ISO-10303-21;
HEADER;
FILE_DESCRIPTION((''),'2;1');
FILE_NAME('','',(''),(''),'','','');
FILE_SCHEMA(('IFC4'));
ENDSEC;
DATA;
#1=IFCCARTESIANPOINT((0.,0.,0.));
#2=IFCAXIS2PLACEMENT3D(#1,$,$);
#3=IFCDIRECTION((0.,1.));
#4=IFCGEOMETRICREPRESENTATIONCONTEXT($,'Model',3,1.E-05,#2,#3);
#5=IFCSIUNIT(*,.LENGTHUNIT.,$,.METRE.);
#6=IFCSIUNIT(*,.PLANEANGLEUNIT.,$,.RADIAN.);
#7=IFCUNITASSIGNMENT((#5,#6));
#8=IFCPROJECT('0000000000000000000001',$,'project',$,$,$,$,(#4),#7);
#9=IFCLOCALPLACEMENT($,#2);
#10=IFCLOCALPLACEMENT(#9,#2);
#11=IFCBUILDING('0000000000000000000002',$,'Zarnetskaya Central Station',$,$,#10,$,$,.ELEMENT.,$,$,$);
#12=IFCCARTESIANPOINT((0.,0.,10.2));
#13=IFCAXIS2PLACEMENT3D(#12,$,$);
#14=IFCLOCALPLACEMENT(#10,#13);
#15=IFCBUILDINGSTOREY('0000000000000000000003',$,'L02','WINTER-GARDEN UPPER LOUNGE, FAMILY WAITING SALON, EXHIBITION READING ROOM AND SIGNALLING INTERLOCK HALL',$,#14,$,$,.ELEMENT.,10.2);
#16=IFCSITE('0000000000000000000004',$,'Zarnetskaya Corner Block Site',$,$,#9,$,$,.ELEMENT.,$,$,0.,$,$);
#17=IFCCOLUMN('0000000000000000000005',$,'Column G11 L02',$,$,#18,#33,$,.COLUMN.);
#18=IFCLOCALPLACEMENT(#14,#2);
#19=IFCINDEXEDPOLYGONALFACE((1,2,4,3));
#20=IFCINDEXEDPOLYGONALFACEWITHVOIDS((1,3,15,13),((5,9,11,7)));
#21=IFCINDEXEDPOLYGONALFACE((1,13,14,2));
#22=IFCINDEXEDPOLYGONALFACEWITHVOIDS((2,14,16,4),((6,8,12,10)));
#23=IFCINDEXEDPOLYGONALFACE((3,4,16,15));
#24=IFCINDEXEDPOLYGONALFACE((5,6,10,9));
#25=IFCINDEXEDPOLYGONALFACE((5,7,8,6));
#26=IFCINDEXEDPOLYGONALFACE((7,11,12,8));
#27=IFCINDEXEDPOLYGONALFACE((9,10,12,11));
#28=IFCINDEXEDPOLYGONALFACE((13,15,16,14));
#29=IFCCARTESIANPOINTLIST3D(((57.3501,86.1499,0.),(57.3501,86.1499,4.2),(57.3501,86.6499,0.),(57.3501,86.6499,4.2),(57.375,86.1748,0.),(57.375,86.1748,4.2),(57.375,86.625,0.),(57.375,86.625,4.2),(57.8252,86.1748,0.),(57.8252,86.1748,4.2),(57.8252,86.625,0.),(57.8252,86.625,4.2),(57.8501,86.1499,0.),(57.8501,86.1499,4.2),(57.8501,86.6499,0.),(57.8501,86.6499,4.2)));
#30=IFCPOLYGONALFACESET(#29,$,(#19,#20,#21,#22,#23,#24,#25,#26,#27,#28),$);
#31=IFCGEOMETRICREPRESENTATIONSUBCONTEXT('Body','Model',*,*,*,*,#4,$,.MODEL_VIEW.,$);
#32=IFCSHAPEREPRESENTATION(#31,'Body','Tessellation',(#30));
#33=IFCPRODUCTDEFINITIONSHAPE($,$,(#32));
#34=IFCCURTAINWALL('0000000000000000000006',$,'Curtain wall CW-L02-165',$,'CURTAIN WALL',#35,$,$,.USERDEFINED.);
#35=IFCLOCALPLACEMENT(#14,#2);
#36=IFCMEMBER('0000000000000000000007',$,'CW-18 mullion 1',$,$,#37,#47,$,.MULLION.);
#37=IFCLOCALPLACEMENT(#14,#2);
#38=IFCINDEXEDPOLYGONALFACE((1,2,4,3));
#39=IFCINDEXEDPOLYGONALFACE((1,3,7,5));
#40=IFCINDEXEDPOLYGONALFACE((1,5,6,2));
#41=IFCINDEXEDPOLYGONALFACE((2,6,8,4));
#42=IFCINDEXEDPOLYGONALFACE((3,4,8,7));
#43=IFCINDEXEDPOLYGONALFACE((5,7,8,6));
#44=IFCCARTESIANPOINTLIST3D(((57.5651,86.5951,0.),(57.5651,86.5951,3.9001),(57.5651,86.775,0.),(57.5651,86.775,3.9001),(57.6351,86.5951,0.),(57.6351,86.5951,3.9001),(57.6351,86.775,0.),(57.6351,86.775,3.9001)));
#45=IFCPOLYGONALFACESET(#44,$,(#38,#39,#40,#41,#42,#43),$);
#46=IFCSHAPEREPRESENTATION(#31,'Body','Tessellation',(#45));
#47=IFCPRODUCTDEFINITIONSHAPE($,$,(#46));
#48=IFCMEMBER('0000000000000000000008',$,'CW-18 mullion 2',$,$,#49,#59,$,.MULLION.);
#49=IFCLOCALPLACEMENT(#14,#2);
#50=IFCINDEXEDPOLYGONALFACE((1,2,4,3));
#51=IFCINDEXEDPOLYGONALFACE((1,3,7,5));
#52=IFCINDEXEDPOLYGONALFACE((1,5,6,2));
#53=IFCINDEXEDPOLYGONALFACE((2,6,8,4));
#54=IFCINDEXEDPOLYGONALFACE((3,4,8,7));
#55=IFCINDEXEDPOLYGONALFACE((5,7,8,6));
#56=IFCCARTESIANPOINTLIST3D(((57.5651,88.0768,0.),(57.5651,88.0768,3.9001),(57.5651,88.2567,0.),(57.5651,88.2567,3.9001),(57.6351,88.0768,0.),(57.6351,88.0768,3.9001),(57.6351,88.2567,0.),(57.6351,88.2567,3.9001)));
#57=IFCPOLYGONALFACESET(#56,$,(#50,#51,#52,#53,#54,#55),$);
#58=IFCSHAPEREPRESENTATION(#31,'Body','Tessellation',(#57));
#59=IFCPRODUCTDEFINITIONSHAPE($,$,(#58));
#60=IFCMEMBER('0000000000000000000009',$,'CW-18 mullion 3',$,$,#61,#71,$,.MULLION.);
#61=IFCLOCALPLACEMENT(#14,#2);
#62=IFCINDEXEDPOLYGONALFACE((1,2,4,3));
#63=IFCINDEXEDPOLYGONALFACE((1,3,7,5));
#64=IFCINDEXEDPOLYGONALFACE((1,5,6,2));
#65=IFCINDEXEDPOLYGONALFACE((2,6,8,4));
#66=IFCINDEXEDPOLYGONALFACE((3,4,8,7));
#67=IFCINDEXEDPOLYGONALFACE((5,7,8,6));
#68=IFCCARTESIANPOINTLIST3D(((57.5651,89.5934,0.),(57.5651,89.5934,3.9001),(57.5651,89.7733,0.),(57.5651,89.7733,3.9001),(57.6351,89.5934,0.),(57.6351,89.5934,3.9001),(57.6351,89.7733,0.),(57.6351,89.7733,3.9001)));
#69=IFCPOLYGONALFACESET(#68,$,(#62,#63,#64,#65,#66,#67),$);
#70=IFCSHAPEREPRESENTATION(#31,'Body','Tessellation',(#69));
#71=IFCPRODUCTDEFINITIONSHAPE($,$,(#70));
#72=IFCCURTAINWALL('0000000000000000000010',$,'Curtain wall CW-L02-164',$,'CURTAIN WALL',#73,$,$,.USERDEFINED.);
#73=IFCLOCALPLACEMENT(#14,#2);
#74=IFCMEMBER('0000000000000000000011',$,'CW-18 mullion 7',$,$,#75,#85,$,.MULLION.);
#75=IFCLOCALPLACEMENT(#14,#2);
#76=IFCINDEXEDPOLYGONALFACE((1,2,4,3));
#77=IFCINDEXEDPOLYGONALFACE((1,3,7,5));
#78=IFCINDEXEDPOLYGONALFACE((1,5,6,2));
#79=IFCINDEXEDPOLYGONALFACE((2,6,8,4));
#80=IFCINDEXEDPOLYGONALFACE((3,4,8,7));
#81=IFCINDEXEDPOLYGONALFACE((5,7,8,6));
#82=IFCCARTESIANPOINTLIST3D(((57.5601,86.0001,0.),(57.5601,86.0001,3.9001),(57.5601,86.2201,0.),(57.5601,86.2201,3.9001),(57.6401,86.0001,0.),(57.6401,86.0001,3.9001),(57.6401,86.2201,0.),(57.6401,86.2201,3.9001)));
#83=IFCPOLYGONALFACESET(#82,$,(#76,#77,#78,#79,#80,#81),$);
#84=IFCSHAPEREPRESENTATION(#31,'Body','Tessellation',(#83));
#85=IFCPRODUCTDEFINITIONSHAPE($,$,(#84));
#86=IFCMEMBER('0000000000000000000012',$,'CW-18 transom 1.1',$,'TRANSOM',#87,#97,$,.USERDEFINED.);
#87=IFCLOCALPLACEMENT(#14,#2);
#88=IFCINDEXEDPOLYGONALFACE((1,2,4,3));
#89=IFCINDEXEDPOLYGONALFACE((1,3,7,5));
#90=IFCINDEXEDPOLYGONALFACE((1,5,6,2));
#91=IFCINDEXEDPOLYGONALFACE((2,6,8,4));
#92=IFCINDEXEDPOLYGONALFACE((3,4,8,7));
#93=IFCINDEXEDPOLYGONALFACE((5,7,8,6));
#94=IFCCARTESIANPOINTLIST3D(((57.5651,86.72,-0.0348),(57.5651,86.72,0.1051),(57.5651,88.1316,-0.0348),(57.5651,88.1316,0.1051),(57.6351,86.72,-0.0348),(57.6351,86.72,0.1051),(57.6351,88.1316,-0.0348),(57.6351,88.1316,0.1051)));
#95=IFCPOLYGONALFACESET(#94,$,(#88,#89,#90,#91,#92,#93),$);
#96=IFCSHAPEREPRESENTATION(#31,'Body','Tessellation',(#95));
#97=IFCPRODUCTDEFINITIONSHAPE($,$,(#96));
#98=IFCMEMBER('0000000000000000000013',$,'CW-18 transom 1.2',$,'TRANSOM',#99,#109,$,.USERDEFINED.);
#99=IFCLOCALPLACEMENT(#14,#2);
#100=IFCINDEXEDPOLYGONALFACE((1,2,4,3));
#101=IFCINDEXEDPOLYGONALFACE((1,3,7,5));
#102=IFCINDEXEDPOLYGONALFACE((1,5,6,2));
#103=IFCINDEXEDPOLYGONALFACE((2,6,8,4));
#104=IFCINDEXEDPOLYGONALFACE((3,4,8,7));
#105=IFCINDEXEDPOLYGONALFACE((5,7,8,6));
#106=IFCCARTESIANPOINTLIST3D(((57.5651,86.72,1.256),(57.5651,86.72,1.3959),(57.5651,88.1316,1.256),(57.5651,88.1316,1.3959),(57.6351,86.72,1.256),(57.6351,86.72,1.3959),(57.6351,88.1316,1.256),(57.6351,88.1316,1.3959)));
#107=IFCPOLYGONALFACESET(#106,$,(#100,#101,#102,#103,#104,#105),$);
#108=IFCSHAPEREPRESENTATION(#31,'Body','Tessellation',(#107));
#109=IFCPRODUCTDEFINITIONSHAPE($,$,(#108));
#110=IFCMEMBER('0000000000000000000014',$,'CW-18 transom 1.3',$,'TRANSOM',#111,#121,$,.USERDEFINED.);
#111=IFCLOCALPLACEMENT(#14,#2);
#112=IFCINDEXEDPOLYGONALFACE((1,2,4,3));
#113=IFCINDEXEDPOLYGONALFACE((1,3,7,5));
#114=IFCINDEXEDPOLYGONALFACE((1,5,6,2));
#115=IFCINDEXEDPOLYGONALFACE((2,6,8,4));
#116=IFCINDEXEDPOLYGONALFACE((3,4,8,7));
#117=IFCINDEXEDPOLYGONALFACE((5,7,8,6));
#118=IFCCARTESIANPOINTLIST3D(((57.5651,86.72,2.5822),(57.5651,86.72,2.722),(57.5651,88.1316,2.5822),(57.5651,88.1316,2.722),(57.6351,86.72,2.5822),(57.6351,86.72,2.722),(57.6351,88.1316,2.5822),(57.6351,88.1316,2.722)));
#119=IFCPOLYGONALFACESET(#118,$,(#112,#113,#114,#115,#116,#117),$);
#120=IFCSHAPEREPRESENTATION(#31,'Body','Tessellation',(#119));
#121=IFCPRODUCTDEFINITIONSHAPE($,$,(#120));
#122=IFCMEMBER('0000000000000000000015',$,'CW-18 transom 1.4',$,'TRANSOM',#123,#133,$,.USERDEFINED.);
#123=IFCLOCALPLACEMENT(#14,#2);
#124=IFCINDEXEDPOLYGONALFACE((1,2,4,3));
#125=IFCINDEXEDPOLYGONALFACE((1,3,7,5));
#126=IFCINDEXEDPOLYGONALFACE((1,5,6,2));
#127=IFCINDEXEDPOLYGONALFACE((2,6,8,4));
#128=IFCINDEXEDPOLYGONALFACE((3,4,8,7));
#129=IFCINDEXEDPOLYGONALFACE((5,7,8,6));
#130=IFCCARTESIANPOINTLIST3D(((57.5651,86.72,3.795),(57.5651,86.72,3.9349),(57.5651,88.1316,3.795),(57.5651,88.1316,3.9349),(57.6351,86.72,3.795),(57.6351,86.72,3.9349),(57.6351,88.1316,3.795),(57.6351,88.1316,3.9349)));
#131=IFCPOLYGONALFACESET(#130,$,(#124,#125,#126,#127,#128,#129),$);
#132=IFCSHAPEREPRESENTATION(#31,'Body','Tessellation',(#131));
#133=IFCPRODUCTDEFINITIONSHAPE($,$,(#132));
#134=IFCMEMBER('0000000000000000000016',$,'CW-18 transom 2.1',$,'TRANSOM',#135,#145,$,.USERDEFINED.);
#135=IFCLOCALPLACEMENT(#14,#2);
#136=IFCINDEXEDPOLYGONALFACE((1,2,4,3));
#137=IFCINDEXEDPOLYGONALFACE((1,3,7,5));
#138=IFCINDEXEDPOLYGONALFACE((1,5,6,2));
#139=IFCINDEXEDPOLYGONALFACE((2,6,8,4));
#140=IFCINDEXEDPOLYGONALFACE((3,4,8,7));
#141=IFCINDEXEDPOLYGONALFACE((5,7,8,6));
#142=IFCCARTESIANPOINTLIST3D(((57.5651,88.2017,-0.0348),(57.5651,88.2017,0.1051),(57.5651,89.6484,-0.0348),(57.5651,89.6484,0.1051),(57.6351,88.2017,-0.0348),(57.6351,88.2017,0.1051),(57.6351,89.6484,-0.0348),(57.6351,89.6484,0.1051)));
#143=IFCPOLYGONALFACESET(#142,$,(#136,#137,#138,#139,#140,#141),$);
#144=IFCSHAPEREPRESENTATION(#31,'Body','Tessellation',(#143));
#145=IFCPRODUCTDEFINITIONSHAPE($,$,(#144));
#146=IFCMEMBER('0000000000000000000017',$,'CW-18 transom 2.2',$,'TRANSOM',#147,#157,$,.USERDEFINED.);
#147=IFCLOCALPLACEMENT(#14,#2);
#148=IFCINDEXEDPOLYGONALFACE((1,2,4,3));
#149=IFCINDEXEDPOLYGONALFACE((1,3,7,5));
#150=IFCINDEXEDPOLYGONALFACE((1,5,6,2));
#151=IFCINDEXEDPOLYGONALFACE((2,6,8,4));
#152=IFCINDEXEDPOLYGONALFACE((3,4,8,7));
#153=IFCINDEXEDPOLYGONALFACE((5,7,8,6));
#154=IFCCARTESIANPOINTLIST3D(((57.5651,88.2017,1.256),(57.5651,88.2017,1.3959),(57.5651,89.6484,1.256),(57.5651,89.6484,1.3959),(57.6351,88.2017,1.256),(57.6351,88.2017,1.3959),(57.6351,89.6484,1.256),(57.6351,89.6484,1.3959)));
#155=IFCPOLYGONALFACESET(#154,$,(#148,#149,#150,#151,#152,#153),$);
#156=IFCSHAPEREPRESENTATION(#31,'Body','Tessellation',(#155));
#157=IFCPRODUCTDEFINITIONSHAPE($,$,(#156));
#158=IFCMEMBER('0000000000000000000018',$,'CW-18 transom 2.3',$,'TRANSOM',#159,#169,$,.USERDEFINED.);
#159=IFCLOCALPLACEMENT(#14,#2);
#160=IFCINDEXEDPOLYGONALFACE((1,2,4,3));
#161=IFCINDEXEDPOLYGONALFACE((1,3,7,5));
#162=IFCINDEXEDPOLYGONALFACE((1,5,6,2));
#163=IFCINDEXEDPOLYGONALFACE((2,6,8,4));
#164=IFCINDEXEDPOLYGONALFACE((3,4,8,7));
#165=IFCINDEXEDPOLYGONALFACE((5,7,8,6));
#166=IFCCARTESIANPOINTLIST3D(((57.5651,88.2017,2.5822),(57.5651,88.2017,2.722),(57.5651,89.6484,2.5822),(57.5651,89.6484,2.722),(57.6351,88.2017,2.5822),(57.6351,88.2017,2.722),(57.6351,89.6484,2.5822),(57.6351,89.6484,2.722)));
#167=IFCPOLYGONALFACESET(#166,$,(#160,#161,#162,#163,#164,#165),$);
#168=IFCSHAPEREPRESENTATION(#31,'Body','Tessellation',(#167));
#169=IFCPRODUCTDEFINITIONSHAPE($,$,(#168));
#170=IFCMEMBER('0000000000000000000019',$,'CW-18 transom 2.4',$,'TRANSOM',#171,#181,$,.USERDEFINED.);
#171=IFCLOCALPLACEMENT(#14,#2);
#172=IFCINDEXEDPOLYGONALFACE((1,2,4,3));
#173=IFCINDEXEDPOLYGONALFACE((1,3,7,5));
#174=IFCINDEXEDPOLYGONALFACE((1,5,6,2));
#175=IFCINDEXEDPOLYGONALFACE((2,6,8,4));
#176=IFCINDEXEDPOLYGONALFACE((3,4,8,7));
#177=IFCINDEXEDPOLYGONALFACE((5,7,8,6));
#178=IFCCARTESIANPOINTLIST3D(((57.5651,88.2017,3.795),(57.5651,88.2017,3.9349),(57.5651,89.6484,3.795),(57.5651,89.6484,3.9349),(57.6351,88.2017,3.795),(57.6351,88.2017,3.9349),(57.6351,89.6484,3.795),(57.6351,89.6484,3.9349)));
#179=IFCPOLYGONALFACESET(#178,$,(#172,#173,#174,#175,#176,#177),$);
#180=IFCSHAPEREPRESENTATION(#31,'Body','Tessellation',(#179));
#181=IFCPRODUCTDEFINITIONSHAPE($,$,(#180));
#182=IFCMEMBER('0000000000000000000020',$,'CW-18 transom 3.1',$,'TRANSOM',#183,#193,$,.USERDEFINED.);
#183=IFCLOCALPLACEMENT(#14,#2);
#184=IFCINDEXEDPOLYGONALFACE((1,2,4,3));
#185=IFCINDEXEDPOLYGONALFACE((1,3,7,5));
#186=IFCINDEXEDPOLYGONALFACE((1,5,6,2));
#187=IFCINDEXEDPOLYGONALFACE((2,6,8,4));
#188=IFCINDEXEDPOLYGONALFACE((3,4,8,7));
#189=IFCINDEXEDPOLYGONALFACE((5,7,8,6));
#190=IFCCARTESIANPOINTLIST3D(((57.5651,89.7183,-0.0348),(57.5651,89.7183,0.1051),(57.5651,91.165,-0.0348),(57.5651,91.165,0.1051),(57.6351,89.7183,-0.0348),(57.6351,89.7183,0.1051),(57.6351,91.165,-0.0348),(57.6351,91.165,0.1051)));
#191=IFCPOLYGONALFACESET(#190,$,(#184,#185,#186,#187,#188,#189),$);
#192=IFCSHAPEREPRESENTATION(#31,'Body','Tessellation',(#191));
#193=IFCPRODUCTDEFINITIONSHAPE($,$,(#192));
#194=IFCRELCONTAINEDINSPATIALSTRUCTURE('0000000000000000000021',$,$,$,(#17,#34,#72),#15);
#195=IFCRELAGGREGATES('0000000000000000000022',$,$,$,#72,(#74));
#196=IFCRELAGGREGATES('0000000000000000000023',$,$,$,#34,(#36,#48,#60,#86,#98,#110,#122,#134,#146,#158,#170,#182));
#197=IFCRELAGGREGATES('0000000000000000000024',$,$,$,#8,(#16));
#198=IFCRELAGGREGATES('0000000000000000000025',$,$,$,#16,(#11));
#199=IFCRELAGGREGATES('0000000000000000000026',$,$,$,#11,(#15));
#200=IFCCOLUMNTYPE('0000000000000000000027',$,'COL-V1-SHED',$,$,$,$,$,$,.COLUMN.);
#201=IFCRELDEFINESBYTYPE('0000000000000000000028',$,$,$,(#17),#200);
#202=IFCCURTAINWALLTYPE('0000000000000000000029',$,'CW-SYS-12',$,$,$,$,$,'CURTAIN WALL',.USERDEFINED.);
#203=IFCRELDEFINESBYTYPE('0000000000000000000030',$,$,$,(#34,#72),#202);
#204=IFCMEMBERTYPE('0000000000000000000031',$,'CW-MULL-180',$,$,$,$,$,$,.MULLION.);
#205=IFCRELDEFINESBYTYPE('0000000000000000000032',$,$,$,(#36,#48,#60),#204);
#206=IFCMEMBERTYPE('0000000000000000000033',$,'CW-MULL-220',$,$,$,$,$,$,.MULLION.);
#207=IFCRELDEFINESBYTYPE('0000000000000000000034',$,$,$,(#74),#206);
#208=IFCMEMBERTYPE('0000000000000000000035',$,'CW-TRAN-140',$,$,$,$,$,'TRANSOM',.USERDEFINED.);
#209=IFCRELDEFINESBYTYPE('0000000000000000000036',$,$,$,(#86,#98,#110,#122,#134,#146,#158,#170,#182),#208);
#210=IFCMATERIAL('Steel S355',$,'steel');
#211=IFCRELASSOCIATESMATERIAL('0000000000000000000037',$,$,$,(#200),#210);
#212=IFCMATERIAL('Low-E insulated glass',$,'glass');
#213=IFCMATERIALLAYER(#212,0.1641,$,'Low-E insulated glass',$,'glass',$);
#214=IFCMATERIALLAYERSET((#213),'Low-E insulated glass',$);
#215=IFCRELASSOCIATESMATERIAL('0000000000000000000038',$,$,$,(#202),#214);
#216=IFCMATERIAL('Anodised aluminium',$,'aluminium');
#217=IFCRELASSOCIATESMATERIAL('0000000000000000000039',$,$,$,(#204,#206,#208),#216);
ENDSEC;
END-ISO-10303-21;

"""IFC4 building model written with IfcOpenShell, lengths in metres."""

from ifc_helpers import new_model, si_unit, direction, frame, origin, origin_2d, place, context, subcontext, project, spatial, rectangle, hollow_rectangle, extrude, material, layer, layer_set, material_profile, profile_set, type_object, element, aggregate, save


model = new_model("IFC4")

# Units and contexts
model_context = context("Model", 3, precision=1e-05, world=origin(), true_north=direction((0.0, 1.0)))
body_context = subcontext(model_context, "Body", "Model", "MODEL_VIEW")
ifc_project = project(units=[si_unit("LENGTHUNIT", "METRE"), si_unit("PLANEANGLEUNIT", "RADIAN")], contexts=[model_context])

# Site, building, storey
site_placement = place(None, origin())
site = spatial("IfcSite", under=ifc_project, at=site_placement, Name="Zarnetskaya Corner Block Site", CompositionType="ELEMENT", RefElevation=0.0)
building_placement = place(site_placement, origin())
building = spatial("IfcBuilding", under=site, at=building_placement, Name="Zarnetskaya Central Station", CompositionType="ELEMENT")
storey_placement = place(building_placement, frame((0.0, 0.0, 10.2)))
storey = spatial("IfcBuildingStorey", under=building, at=storey_placement, Name="L02", Description="WINTER-GARDEN UPPER LOUNGE, FAMILY WAITING SALON, EXHIBITION READING ROOM AND SIGNALLING INTERLOCK HALL", CompositionType="ELEMENT", Elevation=10.2)

# Column
ifc_material_1 = material(Name="Steel S355", Category="steel")
ifc_material_profile_1 = material_profile(ifc_material_1, hollow_rectangle(XDim=0.5, YDim=0.5, WallThickness=0.0249, at=origin_2d()), Name="BOX 500x500x25")
ifc_profile_set_1 = profile_set([ifc_material_profile_1], Name="Steel S355")
column_type = type_object("IfcColumnType", Name="COL-V1-SHED", PredefinedType="COLUMN", material=ifc_profile_set_1)
column_placement = place(storey_placement, frame((57.6001, 86.3999, 0.0), z_axis=(0.0, 0.0, 1.0), x_axis=(1.0, 0.0, 0.0)))
element("IfcColumn", 1, at=column_placement, inside=storey, type_object=column_type, Name="Column G11 L02", PredefinedType="COLUMN", context=body_context, shape_type="SweptSolid", body=[
    extrude(hollow_rectangle(XDim=0.5, YDim=0.5, WallThickness=0.0249, at=origin_2d()), origin(), (0.0, 0.0, 1.0), 4.2),
])

# Curtain wall, members
ifc_material_2 = material(Name="Low-E insulated glass", Category="glass")
ifc_layer_1 = layer(ifc_material_2, 0.1641, Name="Low-E insulated glass", Category="glass")
ifc_layer_set_1 = layer_set([ifc_layer_1], Name="Low-E insulated glass")
curtain_wall_type = type_object("IfcCurtainWallType", Name="CW-SYS-12", ElementType="CURTAIN WALL", PredefinedType="USERDEFINED", material=ifc_layer_set_1)
curtain_wall_1_placement = place(storey_placement, origin())
curtain_wall_1 = element("IfcCurtainWall", 2, at=curtain_wall_1_placement, inside=storey, type_object=curtain_wall_type, Name="Curtain wall CW-L02-165", ObjectType="CURTAIN WALL", PredefinedType="USERDEFINED")
ifc_material_3 = material(Name="Anodised aluminium", Category="aluminium")
ifc_material_profile_2 = material_profile(ifc_material_3, rectangle(XDim=0.0701, YDim=0.1799, at=origin_2d()), Name="ALU MULL 70x180")
ifc_profile_set_2 = profile_set([ifc_material_profile_2], Name="Anodised aluminium")
member_type_1 = type_object("IfcMemberType", Name="CW-MULL-180", PredefinedType="MULLION", material=ifc_profile_set_2)
member_1_placement = place(storey_placement, frame((57.6001, 86.6851, 0.0), z_axis=(0.0, 0.0, 1.0), x_axis=(-1.0, 0.0, 0.0)))
member_1 = element("IfcMember", 3, at=member_1_placement, type_object=member_type_1, Name="CW-18 mullion 1", PredefinedType="MULLION", context=body_context, shape_type="SweptSolid", body=[
    extrude(rectangle(XDim=0.0701, YDim=0.1799, at=origin_2d()), origin(), (0.0, 0.0, 1.0), 3.9001),
])
member_2_placement = place(storey_placement, frame((57.6001, 88.1667, 0.0), z_axis=(0.0, 0.0, 1.0), x_axis=(-1.0, 0.0, 0.0)))
member_2 = element("IfcMember", 4, at=member_2_placement, type_object=member_type_1, Name="CW-18 mullion 2", PredefinedType="MULLION", context=body_context, shape_type="SweptSolid", body=[
    extrude(rectangle(XDim=0.0701, YDim=0.1799, at=origin_2d()), origin(), (0.0, 0.0, 1.0), 3.9001),
])
member_3_placement = place(storey_placement, frame((57.6001, 89.6833, 0.0), z_axis=(0.0, 0.0, 1.0), x_axis=(-1.0, 0.0, 0.0)))
member_3 = element("IfcMember", 5, at=member_3_placement, type_object=member_type_1, Name="CW-18 mullion 3", PredefinedType="MULLION", context=body_context, shape_type="SweptSolid", body=[
    extrude(rectangle(XDim=0.0701, YDim=0.1799, at=origin_2d()), origin(), (0.0, 0.0, 1.0), 3.9001),
])

# Curtain wall, member
curtain_wall_2_placement = place(storey_placement, origin())
curtain_wall_2 = element("IfcCurtainWall", 6, at=curtain_wall_2_placement, inside=storey, type_object=curtain_wall_type, Name="Curtain wall CW-L02-164", ObjectType="CURTAIN WALL", PredefinedType="USERDEFINED")
ifc_material_profile_3 = material_profile(ifc_material_3, rectangle(XDim=0.0801, YDim=0.22, at=origin_2d()), Name="ALU MULL 80x220")
ifc_profile_set_3 = profile_set([ifc_material_profile_3], Name="Anodised aluminium")
member_type_2 = type_object("IfcMemberType", Name="CW-MULL-220", PredefinedType="MULLION", material=ifc_profile_set_3)
member_4_placement = place(storey_placement, frame((57.6001, 86.1101, 0.0), z_axis=(0.0, 0.0, 1.0), x_axis=(-1.0, 0.0, 0.0)))
member_4 = element("IfcMember", 7, at=member_4_placement, type_object=member_type_2, Name="CW-18 mullion 7", PredefinedType="MULLION", context=body_context, shape_type="SweptSolid", body=[
    extrude(rectangle(XDim=0.0801, YDim=0.22, at=origin_2d()), origin(), (0.0, 0.0, 1.0), 3.9001),
])
aggregate(curtain_wall_2, [member_4])

# Members
ifc_material_profile_4 = material_profile(ifc_material_3, rectangle(XDim=0.0701, YDim=0.1399, at=origin_2d()), Name="ALU TRAN 70x140")
ifc_profile_set_4 = profile_set([ifc_material_profile_4], Name="Anodised aluminium")
member_type_3 = type_object("IfcMemberType", Name="CW-TRAN-140", ElementType="TRANSOM", PredefinedType="USERDEFINED", material=ifc_profile_set_4)
member_5_placement = place(storey_placement, frame((57.6001, 86.72, 0.0352), z_axis=(0.0, 1.0, 0.0), x_axis=(-1.0, 0.0, 0.0)))
member_5 = element("IfcMember", 8, at=member_5_placement, type_object=member_type_3, Name="CW-18 transom 1.1", ObjectType="TRANSOM", PredefinedType="USERDEFINED", context=body_context, shape_type="SweptSolid", body=[
    extrude(rectangle(XDim=0.0701, YDim=0.1399, at=origin_2d()), origin(), (0.0, 0.0, 1.0), 1.4116),
])
member_6_placement = place(storey_placement, frame((57.6001, 86.72, 1.3259), z_axis=(0.0, 1.0, 0.0), x_axis=(-1.0, 0.0, 0.0)))
member_6 = element("IfcMember", 9, at=member_6_placement, type_object=member_type_3, Name="CW-18 transom 1.2", ObjectType="TRANSOM", PredefinedType="USERDEFINED", context=body_context, shape_type="SweptSolid", body=[
    extrude(rectangle(XDim=0.0701, YDim=0.1399, at=origin_2d()), origin(), (0.0, 0.0, 1.0), 1.4116),
])
member_7_placement = place(storey_placement, frame((57.6001, 86.72, 2.6521), z_axis=(0.0, 1.0, 0.0), x_axis=(-1.0, 0.0, 0.0)))
member_7 = element("IfcMember", 10, at=member_7_placement, type_object=member_type_3, Name="CW-18 transom 1.3", ObjectType="TRANSOM", PredefinedType="USERDEFINED", context=body_context, shape_type="SweptSolid", body=[
    extrude(rectangle(XDim=0.0701, YDim=0.1399, at=origin_2d()), origin(), (0.0, 0.0, 1.0), 1.4116),
])
member_8_placement = place(storey_placement, frame((57.6001, 86.72, 3.865), z_axis=(0.0, 1.0, 0.0), x_axis=(-1.0, 0.0, 0.0)))
member_8 = element("IfcMember", 11, at=member_8_placement, type_object=member_type_3, Name="CW-18 transom 1.4", ObjectType="TRANSOM", PredefinedType="USERDEFINED", context=body_context, shape_type="SweptSolid", body=[
    extrude(rectangle(XDim=0.0701, YDim=0.1399, at=origin_2d()), origin(), (0.0, 0.0, 1.0), 1.4116),
])
member_9_placement = place(storey_placement, frame((57.6001, 88.2017, 0.0352), z_axis=(0.0, 1.0, 0.0), x_axis=(-1.0, 0.0, 0.0)))
member_9 = element("IfcMember", 12, at=member_9_placement, type_object=member_type_3, Name="CW-18 transom 2.1", ObjectType="TRANSOM", PredefinedType="USERDEFINED", context=body_context, shape_type="SweptSolid", body=[
    extrude(rectangle(XDim=0.0701, YDim=0.1399, at=origin_2d()), origin(), (0.0, 0.0, 1.0), 1.4468),
])
member_10_placement = place(storey_placement, frame((57.6001, 88.2017, 1.3259), z_axis=(0.0, 1.0, 0.0), x_axis=(-1.0, 0.0, 0.0)))
member_10 = element("IfcMember", 13, at=member_10_placement, type_object=member_type_3, Name="CW-18 transom 2.2", ObjectType="TRANSOM", PredefinedType="USERDEFINED", context=body_context, shape_type="SweptSolid", body=[
    extrude(rectangle(XDim=0.0701, YDim=0.1399, at=origin_2d()), origin(), (0.0, 0.0, 1.0), 1.4468),
])
member_11_placement = place(storey_placement, frame((57.6001, 88.2017, 2.6521), z_axis=(0.0, 1.0, 0.0), x_axis=(-1.0, 0.0, 0.0)))
member_11 = element("IfcMember", 14, at=member_11_placement, type_object=member_type_3, Name="CW-18 transom 2.3", ObjectType="TRANSOM", PredefinedType="USERDEFINED", context=body_context, shape_type="SweptSolid", body=[
    extrude(rectangle(XDim=0.0701, YDim=0.1399, at=origin_2d()), origin(), (0.0, 0.0, 1.0), 1.4468),
])
member_12_placement = place(storey_placement, frame((57.6001, 88.2017, 3.865), z_axis=(0.0, 1.0, 0.0), x_axis=(-1.0, 0.0, 0.0)))
member_12 = element("IfcMember", 15, at=member_12_placement, type_object=member_type_3, Name="CW-18 transom 2.4", ObjectType="TRANSOM", PredefinedType="USERDEFINED", context=body_context, shape_type="SweptSolid", body=[
    extrude(rectangle(XDim=0.0701, YDim=0.1399, at=origin_2d()), origin(), (0.0, 0.0, 1.0), 1.4468),
])
member_13_placement = place(storey_placement, frame((57.6001, 89.7183, 0.0352), z_axis=(0.0, 1.0, 0.0), x_axis=(-1.0, 0.0, 0.0)))
member_13 = element("IfcMember", 16, at=member_13_placement, type_object=member_type_3, Name="CW-18 transom 3.1", ObjectType="TRANSOM", PredefinedType="USERDEFINED", context=body_context, shape_type="SweptSolid", body=[
    extrude(rectangle(XDim=0.0701, YDim=0.1399, at=origin_2d()), origin(), (0.0, 0.0, 1.0), 1.4468),
])

aggregate(curtain_wall_1, [member_1, member_2, member_3, member_5, member_6, member_7, member_8, member_9, member_10, member_11, member_12, member_13])

save(model, "model.ifc")
